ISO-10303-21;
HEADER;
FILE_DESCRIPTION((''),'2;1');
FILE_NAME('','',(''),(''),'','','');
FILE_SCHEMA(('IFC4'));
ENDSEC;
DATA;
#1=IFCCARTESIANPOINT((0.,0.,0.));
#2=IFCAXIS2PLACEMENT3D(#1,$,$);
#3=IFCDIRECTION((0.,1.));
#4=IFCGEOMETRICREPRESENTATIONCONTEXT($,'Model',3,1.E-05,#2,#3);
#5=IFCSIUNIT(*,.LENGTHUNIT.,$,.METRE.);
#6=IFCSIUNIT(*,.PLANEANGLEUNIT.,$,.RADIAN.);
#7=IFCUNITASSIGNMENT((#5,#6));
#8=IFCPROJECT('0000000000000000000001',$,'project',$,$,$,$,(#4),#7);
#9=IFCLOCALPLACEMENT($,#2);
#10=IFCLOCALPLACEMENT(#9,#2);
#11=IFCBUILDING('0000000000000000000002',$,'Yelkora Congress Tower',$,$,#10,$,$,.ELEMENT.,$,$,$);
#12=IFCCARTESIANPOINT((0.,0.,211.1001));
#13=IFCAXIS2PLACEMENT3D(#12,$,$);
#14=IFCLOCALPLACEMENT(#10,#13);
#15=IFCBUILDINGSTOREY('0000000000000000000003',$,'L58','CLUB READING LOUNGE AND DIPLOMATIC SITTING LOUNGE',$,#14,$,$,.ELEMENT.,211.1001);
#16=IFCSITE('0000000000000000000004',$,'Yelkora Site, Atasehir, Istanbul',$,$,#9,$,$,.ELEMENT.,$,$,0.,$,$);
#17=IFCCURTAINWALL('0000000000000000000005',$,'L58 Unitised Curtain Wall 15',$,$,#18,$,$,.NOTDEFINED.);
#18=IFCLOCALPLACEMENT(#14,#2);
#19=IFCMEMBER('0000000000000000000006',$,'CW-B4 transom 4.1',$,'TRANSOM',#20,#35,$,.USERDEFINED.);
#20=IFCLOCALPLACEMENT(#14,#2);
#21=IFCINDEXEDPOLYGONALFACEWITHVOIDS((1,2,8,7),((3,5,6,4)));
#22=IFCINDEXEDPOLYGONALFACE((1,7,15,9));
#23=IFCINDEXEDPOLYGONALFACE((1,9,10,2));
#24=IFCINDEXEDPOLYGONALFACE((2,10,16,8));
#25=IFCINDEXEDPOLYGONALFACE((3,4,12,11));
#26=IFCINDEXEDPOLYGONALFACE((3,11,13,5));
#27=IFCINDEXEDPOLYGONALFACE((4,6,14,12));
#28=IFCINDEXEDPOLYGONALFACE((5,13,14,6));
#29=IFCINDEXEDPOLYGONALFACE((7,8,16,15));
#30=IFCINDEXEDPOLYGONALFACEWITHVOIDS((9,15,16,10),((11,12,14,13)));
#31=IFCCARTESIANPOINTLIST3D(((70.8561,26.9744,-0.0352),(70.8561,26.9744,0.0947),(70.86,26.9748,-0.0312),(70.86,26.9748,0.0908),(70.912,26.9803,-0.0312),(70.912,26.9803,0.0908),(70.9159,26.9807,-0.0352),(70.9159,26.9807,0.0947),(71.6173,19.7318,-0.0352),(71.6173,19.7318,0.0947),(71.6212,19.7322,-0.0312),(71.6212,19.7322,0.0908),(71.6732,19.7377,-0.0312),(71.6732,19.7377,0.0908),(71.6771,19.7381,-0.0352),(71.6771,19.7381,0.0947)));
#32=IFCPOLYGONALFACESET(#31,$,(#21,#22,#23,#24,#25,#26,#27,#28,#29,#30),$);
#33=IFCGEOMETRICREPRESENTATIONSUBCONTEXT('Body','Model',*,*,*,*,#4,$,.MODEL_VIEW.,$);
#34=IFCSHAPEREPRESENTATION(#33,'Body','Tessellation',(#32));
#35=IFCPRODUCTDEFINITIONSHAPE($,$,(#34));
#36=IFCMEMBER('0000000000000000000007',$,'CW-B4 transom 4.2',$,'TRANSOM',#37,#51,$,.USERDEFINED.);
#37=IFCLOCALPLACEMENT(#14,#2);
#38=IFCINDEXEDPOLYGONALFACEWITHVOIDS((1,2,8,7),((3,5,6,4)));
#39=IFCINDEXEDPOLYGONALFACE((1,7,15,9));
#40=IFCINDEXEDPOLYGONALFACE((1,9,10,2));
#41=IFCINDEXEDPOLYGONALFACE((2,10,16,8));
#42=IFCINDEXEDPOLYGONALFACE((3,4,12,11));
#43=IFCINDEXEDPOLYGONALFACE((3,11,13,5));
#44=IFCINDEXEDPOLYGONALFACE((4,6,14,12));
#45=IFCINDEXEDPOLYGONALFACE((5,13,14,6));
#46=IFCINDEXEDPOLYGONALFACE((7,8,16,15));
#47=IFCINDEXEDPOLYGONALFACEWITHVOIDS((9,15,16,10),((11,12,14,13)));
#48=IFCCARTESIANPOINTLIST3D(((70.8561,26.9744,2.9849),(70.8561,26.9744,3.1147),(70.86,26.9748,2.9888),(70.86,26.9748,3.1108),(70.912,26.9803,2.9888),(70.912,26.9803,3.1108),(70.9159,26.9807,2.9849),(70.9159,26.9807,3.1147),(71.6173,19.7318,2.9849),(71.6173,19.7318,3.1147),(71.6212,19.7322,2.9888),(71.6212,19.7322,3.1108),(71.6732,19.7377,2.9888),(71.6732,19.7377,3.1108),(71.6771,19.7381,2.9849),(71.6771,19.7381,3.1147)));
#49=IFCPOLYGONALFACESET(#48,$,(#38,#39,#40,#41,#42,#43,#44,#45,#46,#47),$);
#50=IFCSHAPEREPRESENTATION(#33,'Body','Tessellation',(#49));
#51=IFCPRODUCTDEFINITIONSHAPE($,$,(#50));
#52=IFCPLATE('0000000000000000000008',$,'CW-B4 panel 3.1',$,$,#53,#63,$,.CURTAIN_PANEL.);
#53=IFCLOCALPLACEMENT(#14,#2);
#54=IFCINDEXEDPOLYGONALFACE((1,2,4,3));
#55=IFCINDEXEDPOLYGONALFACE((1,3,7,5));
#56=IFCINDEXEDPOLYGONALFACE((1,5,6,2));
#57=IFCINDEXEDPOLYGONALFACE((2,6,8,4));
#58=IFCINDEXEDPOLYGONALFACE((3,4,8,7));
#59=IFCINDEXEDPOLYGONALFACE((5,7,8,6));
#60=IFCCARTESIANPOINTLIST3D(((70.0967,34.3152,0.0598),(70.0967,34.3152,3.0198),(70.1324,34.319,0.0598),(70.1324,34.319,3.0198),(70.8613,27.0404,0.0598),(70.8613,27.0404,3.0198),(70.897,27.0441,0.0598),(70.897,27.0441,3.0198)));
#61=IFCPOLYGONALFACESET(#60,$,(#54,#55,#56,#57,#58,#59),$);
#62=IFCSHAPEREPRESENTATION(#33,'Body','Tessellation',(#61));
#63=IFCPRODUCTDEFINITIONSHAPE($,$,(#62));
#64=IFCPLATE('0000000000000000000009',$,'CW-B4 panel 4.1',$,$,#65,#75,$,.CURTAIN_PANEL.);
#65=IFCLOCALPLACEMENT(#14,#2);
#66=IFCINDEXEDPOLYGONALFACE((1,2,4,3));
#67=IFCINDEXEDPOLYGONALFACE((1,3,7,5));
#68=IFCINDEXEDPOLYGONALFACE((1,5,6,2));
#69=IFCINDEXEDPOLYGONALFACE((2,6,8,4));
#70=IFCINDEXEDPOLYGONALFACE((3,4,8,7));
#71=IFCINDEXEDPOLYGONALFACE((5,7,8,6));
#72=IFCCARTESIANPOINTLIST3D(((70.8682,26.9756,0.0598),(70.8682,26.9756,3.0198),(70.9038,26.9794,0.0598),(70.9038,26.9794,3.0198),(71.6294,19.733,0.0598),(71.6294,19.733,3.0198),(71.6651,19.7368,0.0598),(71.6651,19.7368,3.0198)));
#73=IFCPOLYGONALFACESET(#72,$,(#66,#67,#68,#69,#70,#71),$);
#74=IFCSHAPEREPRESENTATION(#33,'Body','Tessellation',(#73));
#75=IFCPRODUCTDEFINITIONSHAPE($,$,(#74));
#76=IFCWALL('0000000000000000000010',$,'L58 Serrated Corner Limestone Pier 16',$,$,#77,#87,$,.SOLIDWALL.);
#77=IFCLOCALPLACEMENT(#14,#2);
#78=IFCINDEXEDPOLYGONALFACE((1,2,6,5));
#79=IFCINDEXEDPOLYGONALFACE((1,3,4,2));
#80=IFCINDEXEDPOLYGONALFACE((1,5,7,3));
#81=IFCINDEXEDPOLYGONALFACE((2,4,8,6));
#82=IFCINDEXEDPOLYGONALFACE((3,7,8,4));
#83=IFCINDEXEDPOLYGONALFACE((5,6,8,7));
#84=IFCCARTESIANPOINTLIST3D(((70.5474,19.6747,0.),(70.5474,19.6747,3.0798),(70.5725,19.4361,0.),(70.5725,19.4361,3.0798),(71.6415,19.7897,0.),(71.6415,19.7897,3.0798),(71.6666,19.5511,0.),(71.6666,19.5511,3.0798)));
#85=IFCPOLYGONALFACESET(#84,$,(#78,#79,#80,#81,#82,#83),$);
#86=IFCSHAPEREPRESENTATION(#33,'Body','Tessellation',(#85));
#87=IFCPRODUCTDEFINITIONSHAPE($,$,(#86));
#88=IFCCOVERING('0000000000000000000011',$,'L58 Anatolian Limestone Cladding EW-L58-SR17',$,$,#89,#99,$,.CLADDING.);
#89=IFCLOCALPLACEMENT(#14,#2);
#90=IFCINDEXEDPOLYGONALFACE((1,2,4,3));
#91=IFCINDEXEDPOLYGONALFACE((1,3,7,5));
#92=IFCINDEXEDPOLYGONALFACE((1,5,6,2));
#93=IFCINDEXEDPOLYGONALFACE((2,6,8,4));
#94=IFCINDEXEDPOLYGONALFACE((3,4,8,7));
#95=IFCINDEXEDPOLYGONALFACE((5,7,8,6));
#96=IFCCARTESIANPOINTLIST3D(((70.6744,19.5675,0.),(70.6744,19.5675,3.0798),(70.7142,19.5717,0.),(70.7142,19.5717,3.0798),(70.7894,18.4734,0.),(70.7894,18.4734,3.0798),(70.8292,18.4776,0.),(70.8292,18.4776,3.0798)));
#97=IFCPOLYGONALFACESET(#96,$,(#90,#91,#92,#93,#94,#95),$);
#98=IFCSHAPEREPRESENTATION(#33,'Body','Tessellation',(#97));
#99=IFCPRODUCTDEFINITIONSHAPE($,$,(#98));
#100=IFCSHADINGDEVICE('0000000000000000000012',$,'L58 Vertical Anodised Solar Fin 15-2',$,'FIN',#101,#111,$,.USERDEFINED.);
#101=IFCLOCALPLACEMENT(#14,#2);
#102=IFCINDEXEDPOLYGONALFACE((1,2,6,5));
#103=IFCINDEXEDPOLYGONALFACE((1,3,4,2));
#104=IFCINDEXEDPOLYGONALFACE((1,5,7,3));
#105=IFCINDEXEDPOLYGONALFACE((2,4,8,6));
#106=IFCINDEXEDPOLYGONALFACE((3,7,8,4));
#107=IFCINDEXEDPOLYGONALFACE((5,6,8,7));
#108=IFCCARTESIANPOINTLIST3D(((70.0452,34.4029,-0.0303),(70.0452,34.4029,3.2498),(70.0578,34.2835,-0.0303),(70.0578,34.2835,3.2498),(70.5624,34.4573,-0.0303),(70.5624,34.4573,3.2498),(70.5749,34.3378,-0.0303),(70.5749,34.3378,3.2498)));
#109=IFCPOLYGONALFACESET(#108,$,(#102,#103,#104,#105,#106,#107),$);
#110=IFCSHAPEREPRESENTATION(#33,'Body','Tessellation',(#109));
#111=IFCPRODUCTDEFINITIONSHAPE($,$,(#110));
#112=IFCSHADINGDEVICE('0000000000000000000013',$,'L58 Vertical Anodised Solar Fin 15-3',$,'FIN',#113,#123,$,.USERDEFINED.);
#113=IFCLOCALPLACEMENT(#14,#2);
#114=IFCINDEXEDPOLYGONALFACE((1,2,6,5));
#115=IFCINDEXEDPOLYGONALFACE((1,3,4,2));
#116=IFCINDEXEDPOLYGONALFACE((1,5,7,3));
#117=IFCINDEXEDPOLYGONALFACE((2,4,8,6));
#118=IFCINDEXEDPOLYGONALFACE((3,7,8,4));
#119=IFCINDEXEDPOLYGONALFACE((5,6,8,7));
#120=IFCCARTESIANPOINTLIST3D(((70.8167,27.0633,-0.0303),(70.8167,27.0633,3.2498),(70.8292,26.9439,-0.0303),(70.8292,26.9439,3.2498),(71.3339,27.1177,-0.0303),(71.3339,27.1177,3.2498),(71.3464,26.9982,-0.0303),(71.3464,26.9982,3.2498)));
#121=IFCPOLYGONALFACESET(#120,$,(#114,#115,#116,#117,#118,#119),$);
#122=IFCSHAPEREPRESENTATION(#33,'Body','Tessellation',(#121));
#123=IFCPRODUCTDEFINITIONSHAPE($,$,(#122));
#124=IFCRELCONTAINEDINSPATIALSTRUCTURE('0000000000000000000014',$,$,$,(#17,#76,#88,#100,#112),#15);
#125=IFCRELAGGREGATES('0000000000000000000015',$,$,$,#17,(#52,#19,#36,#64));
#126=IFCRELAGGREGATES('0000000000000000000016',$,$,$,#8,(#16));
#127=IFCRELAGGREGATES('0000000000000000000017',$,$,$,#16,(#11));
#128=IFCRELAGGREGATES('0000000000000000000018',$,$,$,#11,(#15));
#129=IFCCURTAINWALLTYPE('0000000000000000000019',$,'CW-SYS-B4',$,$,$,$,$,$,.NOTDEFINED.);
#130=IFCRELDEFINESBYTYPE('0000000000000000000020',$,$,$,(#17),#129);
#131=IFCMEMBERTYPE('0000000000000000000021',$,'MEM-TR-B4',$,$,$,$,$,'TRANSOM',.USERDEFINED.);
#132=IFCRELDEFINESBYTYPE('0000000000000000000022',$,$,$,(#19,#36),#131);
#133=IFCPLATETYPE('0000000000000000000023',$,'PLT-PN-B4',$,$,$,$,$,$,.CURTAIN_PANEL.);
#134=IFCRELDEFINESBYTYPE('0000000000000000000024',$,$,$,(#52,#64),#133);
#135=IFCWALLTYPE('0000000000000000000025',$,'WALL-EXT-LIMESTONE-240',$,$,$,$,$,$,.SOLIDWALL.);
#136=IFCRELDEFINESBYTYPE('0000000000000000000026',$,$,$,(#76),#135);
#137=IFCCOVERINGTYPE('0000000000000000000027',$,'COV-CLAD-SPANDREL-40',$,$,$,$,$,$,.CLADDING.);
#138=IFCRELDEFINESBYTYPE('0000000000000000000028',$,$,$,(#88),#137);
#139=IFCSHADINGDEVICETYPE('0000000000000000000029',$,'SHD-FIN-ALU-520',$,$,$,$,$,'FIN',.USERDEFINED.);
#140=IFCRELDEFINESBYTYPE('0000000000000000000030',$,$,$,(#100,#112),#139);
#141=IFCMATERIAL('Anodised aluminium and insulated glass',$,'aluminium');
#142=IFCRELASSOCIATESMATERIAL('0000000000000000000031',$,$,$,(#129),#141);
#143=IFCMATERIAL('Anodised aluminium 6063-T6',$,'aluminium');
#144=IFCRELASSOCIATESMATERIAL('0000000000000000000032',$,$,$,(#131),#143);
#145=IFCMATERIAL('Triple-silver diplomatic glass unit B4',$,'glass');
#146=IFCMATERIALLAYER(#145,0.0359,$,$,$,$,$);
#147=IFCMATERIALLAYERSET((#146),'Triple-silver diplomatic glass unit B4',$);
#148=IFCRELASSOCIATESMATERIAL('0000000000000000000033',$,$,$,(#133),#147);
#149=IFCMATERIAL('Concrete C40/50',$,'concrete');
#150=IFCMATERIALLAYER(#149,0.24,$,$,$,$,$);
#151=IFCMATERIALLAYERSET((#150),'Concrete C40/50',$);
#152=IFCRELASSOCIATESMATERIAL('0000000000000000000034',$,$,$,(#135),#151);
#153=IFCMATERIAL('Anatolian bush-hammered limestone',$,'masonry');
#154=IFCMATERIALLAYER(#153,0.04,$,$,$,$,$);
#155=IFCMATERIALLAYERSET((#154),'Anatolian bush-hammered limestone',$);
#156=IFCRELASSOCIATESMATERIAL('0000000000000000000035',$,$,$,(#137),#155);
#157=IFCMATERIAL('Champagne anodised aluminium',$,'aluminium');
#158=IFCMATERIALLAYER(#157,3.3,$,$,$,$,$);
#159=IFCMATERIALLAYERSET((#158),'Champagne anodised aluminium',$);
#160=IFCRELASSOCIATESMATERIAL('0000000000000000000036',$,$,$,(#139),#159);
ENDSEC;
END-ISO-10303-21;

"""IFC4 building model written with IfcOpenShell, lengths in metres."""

from ifc_helpers import new_model, si_unit, direction, frame, frame_2d, origin, origin_2d, place, context, subcontext, project, spatial, rectangle, hollow_rectangle, extrude, material, layer, layer_set, material_profile, profile_set, type_object, element, aggregate, save


model = new_model("IFC4")

# Units and contexts
model_context = context("Model", 3, precision=1e-05, world=origin(), true_north=direction((0.0, 1.0)))
body_context = subcontext(model_context, "Body", "Model", "MODEL_VIEW")
ifc_project = project(units=[si_unit("LENGTHUNIT", "METRE"), si_unit("PLANEANGLEUNIT", "RADIAN")], contexts=[model_context])

# Site, building, storey
site_placement = place(None, origin())
site = spatial("IfcSite", under=ifc_project, at=site_placement, Name="Yelkora Site, Atasehir, Istanbul", CompositionType="ELEMENT", RefElevation=0.0)
building_placement = place(site_placement, origin())
building = spatial("IfcBuilding", under=site, at=building_placement, Name="Yelkora Congress Tower", CompositionType="ELEMENT")
storey_placement = place(building_placement, frame((0.0, 0.0, 211.1001)))
storey = spatial("IfcBuildingStorey", under=building, at=storey_placement, Name="L58", Description="CLUB READING LOUNGE AND DIPLOMATIC SITTING LOUNGE", CompositionType="ELEMENT", Elevation=211.1001)

# Curtain wall, members, plates
ifc_material_1 = material(Name="Anodised aluminium and insulated glass", Category="aluminium")
curtain_wall_type = type_object("IfcCurtainWallType", Name="CW-SYS-B4", PredefinedType="NOTDEFINED", material=ifc_material_1)
curtain_wall_placement = place(storey_placement, origin())
curtain_wall = element("IfcCurtainWall", 1, at=curtain_wall_placement, inside=storey, type_object=curtain_wall_type, Name="L58 Unitised Curtain Wall 15", PredefinedType="NOTDEFINED")
ifc_material_2 = material(Name="Anodised aluminium 6063-T6", Category="aluminium")
ifc_material_profile_1 = material_profile(ifc_material_2, hollow_rectangle(XDim=0.0601, YDim=0.1299, WallThickness=0.0039, at=origin_2d()), Name="ALU 60x130x4")
ifc_profile_set_1 = profile_set([ifc_material_profile_1], Name="Anodised aluminium 6063-T6")
member_type_1 = type_object("IfcMemberType", Name="MEM-TR-B4", ElementType="TRANSOM", PredefinedType="USERDEFINED", material=ifc_profile_set_1)
member_1_placement = place(storey_placement, frame((70.886, 26.9775, 0.0298), z_axis=(0.104528, -0.994522, 0.0), x_axis=(0.994522, 0.104528, 0.0)))
member_1 = element("IfcMember", 2, at=member_1_placement, type_object=member_type_1, Name="CW-B4 transom 4.1", ObjectType="TRANSOM", PredefinedType="USERDEFINED", context=body_context, shape_type="SweptSolid", body=[
    extrude(hollow_rectangle(XDim=0.0601, YDim=0.1299, WallThickness=0.0039, at=origin_2d()), origin(), (0.0, 0.0, 1.0), 7.2825),
])
member_2_placement = place(storey_placement, frame((70.886, 26.9775, 3.0498), z_axis=(0.104528, -0.994522, 0.0), x_axis=(0.994522, 0.104528, 0.0)))
member_2 = element("IfcMember", 3, at=member_2_placement, type_object=member_type_1, Name="CW-B4 transom 4.2", ObjectType="TRANSOM", PredefinedType="USERDEFINED", context=body_context, shape_type="SweptSolid", body=[
    extrude(hollow_rectangle(XDim=0.0601, YDim=0.1299, WallThickness=0.0039, at=origin_2d()), origin(), (0.0, 0.0, 1.0), 7.2825),
])
ifc_material_3 = material(Name="Triple-silver diplomatic glass unit B4", Category="glass")
ifc_layer_1 = layer(ifc_material_3, 0.0359)
ifc_layer_set_1 = layer_set([ifc_layer_1], Name="Triple-silver diplomatic glass unit B4")
plate_type = type_object("IfcPlateType", Name="PLT-PN-B4", PredefinedType="CURTAIN_PANEL", material=ifc_layer_set_1)
plate_1_placement = place(storey_placement, frame((70.4968, 30.6797, 0.0598), z_axis=(0.0, 0.0, 1.0), x_axis=(0.104526, -0.994522, 0.0)))
plate_1 = element("IfcPlate", 4, at=plate_1_placement, type_object=plate_type, Name="CW-B4 panel 3.1", PredefinedType="CURTAIN_PANEL", context=body_context, shape_type="SweptSolid", body=[
    extrude(rectangle(XDim=7.3149, YDim=0.0359, at=origin_2d()), origin(), (0.0, 0.0, 1.0), 2.96),
])
plate_2_placement = place(storey_placement, frame((71.2666, 23.3562, 0.0598), z_axis=(0.0, 0.0, 1.0), x_axis=(0.104526, -0.994522, 0.0)))
plate_2 = element("IfcPlate", 5, at=plate_2_placement, type_object=plate_type, Name="CW-B4 panel 4.1", PredefinedType="CURTAIN_PANEL", context=body_context, shape_type="SweptSolid", body=[
    extrude(rectangle(XDim=7.2825, YDim=0.0359, at=origin_2d()), origin(), (0.0, 0.0, 1.0), 2.96),
])
aggregate(curtain_wall, [plate_1, member_1, member_2, plate_2])

# Wall
ifc_material_4 = material(Name="Concrete C40/50", Category="concrete")
ifc_layer_2 = layer(ifc_material_4, 0.24)
ifc_layer_set_2 = layer_set([ifc_layer_2], Name="Concrete C40/50")
wall_type = type_object("IfcWallType", Name="WALL-EXT-LIMESTONE-240", PredefinedType="SOLIDWALL", material=ifc_layer_set_2)
wall_placement = place(storey_placement, frame((71.6541, 19.6704, 0.0), z_axis=(0.0, 0.0, 1.0), x_axis=(-0.994521, -0.104535, 0.0)))
element("IfcWall", 6, at=wall_placement, inside=storey, type_object=wall_type, Name="L58 Serrated Corner Limestone Pier 16", PredefinedType="SOLIDWALL", context=body_context, shape_type="SweptSolid", body=[
    extrude(rectangle(XDim=1.1001, YDim=0.24, at=frame_2d((0.55, 0.0))), origin(), (0.0, 0.0, 1.0), 3.0798),
])

# Covering
ifc_material_5 = material(Name="Anatolian bush-hammered limestone", Category="masonry")
ifc_layer_3 = layer(ifc_material_5, 0.04)
ifc_layer_set_3 = layer_set([ifc_layer_3], Name="Anatolian bush-hammered limestone")
covering_type = type_object("IfcCoveringType", Name="COV-CLAD-SPANDREL-40", PredefinedType="CLADDING", material=ifc_layer_set_3)
covering_placement = place(storey_placement, frame((70.6943, 19.5696, 0.0), z_axis=(0.0, 0.0, 1.0), x_axis=(0.104535, -0.994521, 0.0)))
element("IfcCovering", 7, at=covering_placement, inside=storey, type_object=covering_type, Name="L58 Anatolian Limestone Cladding EW-L58-SR17", PredefinedType="CLADDING", context=body_context, shape_type="SweptSolid", body=[
    extrude(rectangle(XDim=1.1001, YDim=0.04, at=frame_2d((0.55, 0.0))), origin(), (0.0, 0.0, 1.0), 3.0798),
])

# Shading devices
ifc_material_6 = material(Name="Champagne anodised aluminium", Category="aluminium")
ifc_layer_4 = layer(ifc_material_6, 3.3)
ifc_layer_set_4 = layer_set([ifc_layer_4], Name="Champagne anodised aluminium")
shading_device_type = type_object("IfcShadingDeviceType", Name="SHD-FIN-ALU-520", ElementType="FIN", PredefinedType="USERDEFINED", material=ifc_layer_set_4)
for number, where, z_axis, x_axis, name in (
    (8, (70.3101, 34.3704, -0.0303), (0.0, 0.0, 1.0), (0.104528, -0.994522, 0.0), "L58 Vertical Anodised Solar Fin 15-2"),
    (9, (71.0815, 27.0308, -0.0303), (0.0, 0.0, 1.0), (0.104528, -0.994522, 0.0), "L58 Vertical Anodised Solar Fin 15-3"),
):
    element("IfcShadingDevice", number, at=place(storey_placement, frame(where, z_axis=z_axis, x_axis=x_axis)), inside=storey, type_object=shading_device_type, Name=name, ObjectType="FIN", PredefinedType="USERDEFINED", context=body_context, shape_type="SweptSolid", body=[
        extrude(rectangle(XDim=0.1201, YDim=0.52, at=origin_2d()), origin(), (0.0, 0.0, 1.0), 3.28),
    ])

save(model, "model.ifc")
